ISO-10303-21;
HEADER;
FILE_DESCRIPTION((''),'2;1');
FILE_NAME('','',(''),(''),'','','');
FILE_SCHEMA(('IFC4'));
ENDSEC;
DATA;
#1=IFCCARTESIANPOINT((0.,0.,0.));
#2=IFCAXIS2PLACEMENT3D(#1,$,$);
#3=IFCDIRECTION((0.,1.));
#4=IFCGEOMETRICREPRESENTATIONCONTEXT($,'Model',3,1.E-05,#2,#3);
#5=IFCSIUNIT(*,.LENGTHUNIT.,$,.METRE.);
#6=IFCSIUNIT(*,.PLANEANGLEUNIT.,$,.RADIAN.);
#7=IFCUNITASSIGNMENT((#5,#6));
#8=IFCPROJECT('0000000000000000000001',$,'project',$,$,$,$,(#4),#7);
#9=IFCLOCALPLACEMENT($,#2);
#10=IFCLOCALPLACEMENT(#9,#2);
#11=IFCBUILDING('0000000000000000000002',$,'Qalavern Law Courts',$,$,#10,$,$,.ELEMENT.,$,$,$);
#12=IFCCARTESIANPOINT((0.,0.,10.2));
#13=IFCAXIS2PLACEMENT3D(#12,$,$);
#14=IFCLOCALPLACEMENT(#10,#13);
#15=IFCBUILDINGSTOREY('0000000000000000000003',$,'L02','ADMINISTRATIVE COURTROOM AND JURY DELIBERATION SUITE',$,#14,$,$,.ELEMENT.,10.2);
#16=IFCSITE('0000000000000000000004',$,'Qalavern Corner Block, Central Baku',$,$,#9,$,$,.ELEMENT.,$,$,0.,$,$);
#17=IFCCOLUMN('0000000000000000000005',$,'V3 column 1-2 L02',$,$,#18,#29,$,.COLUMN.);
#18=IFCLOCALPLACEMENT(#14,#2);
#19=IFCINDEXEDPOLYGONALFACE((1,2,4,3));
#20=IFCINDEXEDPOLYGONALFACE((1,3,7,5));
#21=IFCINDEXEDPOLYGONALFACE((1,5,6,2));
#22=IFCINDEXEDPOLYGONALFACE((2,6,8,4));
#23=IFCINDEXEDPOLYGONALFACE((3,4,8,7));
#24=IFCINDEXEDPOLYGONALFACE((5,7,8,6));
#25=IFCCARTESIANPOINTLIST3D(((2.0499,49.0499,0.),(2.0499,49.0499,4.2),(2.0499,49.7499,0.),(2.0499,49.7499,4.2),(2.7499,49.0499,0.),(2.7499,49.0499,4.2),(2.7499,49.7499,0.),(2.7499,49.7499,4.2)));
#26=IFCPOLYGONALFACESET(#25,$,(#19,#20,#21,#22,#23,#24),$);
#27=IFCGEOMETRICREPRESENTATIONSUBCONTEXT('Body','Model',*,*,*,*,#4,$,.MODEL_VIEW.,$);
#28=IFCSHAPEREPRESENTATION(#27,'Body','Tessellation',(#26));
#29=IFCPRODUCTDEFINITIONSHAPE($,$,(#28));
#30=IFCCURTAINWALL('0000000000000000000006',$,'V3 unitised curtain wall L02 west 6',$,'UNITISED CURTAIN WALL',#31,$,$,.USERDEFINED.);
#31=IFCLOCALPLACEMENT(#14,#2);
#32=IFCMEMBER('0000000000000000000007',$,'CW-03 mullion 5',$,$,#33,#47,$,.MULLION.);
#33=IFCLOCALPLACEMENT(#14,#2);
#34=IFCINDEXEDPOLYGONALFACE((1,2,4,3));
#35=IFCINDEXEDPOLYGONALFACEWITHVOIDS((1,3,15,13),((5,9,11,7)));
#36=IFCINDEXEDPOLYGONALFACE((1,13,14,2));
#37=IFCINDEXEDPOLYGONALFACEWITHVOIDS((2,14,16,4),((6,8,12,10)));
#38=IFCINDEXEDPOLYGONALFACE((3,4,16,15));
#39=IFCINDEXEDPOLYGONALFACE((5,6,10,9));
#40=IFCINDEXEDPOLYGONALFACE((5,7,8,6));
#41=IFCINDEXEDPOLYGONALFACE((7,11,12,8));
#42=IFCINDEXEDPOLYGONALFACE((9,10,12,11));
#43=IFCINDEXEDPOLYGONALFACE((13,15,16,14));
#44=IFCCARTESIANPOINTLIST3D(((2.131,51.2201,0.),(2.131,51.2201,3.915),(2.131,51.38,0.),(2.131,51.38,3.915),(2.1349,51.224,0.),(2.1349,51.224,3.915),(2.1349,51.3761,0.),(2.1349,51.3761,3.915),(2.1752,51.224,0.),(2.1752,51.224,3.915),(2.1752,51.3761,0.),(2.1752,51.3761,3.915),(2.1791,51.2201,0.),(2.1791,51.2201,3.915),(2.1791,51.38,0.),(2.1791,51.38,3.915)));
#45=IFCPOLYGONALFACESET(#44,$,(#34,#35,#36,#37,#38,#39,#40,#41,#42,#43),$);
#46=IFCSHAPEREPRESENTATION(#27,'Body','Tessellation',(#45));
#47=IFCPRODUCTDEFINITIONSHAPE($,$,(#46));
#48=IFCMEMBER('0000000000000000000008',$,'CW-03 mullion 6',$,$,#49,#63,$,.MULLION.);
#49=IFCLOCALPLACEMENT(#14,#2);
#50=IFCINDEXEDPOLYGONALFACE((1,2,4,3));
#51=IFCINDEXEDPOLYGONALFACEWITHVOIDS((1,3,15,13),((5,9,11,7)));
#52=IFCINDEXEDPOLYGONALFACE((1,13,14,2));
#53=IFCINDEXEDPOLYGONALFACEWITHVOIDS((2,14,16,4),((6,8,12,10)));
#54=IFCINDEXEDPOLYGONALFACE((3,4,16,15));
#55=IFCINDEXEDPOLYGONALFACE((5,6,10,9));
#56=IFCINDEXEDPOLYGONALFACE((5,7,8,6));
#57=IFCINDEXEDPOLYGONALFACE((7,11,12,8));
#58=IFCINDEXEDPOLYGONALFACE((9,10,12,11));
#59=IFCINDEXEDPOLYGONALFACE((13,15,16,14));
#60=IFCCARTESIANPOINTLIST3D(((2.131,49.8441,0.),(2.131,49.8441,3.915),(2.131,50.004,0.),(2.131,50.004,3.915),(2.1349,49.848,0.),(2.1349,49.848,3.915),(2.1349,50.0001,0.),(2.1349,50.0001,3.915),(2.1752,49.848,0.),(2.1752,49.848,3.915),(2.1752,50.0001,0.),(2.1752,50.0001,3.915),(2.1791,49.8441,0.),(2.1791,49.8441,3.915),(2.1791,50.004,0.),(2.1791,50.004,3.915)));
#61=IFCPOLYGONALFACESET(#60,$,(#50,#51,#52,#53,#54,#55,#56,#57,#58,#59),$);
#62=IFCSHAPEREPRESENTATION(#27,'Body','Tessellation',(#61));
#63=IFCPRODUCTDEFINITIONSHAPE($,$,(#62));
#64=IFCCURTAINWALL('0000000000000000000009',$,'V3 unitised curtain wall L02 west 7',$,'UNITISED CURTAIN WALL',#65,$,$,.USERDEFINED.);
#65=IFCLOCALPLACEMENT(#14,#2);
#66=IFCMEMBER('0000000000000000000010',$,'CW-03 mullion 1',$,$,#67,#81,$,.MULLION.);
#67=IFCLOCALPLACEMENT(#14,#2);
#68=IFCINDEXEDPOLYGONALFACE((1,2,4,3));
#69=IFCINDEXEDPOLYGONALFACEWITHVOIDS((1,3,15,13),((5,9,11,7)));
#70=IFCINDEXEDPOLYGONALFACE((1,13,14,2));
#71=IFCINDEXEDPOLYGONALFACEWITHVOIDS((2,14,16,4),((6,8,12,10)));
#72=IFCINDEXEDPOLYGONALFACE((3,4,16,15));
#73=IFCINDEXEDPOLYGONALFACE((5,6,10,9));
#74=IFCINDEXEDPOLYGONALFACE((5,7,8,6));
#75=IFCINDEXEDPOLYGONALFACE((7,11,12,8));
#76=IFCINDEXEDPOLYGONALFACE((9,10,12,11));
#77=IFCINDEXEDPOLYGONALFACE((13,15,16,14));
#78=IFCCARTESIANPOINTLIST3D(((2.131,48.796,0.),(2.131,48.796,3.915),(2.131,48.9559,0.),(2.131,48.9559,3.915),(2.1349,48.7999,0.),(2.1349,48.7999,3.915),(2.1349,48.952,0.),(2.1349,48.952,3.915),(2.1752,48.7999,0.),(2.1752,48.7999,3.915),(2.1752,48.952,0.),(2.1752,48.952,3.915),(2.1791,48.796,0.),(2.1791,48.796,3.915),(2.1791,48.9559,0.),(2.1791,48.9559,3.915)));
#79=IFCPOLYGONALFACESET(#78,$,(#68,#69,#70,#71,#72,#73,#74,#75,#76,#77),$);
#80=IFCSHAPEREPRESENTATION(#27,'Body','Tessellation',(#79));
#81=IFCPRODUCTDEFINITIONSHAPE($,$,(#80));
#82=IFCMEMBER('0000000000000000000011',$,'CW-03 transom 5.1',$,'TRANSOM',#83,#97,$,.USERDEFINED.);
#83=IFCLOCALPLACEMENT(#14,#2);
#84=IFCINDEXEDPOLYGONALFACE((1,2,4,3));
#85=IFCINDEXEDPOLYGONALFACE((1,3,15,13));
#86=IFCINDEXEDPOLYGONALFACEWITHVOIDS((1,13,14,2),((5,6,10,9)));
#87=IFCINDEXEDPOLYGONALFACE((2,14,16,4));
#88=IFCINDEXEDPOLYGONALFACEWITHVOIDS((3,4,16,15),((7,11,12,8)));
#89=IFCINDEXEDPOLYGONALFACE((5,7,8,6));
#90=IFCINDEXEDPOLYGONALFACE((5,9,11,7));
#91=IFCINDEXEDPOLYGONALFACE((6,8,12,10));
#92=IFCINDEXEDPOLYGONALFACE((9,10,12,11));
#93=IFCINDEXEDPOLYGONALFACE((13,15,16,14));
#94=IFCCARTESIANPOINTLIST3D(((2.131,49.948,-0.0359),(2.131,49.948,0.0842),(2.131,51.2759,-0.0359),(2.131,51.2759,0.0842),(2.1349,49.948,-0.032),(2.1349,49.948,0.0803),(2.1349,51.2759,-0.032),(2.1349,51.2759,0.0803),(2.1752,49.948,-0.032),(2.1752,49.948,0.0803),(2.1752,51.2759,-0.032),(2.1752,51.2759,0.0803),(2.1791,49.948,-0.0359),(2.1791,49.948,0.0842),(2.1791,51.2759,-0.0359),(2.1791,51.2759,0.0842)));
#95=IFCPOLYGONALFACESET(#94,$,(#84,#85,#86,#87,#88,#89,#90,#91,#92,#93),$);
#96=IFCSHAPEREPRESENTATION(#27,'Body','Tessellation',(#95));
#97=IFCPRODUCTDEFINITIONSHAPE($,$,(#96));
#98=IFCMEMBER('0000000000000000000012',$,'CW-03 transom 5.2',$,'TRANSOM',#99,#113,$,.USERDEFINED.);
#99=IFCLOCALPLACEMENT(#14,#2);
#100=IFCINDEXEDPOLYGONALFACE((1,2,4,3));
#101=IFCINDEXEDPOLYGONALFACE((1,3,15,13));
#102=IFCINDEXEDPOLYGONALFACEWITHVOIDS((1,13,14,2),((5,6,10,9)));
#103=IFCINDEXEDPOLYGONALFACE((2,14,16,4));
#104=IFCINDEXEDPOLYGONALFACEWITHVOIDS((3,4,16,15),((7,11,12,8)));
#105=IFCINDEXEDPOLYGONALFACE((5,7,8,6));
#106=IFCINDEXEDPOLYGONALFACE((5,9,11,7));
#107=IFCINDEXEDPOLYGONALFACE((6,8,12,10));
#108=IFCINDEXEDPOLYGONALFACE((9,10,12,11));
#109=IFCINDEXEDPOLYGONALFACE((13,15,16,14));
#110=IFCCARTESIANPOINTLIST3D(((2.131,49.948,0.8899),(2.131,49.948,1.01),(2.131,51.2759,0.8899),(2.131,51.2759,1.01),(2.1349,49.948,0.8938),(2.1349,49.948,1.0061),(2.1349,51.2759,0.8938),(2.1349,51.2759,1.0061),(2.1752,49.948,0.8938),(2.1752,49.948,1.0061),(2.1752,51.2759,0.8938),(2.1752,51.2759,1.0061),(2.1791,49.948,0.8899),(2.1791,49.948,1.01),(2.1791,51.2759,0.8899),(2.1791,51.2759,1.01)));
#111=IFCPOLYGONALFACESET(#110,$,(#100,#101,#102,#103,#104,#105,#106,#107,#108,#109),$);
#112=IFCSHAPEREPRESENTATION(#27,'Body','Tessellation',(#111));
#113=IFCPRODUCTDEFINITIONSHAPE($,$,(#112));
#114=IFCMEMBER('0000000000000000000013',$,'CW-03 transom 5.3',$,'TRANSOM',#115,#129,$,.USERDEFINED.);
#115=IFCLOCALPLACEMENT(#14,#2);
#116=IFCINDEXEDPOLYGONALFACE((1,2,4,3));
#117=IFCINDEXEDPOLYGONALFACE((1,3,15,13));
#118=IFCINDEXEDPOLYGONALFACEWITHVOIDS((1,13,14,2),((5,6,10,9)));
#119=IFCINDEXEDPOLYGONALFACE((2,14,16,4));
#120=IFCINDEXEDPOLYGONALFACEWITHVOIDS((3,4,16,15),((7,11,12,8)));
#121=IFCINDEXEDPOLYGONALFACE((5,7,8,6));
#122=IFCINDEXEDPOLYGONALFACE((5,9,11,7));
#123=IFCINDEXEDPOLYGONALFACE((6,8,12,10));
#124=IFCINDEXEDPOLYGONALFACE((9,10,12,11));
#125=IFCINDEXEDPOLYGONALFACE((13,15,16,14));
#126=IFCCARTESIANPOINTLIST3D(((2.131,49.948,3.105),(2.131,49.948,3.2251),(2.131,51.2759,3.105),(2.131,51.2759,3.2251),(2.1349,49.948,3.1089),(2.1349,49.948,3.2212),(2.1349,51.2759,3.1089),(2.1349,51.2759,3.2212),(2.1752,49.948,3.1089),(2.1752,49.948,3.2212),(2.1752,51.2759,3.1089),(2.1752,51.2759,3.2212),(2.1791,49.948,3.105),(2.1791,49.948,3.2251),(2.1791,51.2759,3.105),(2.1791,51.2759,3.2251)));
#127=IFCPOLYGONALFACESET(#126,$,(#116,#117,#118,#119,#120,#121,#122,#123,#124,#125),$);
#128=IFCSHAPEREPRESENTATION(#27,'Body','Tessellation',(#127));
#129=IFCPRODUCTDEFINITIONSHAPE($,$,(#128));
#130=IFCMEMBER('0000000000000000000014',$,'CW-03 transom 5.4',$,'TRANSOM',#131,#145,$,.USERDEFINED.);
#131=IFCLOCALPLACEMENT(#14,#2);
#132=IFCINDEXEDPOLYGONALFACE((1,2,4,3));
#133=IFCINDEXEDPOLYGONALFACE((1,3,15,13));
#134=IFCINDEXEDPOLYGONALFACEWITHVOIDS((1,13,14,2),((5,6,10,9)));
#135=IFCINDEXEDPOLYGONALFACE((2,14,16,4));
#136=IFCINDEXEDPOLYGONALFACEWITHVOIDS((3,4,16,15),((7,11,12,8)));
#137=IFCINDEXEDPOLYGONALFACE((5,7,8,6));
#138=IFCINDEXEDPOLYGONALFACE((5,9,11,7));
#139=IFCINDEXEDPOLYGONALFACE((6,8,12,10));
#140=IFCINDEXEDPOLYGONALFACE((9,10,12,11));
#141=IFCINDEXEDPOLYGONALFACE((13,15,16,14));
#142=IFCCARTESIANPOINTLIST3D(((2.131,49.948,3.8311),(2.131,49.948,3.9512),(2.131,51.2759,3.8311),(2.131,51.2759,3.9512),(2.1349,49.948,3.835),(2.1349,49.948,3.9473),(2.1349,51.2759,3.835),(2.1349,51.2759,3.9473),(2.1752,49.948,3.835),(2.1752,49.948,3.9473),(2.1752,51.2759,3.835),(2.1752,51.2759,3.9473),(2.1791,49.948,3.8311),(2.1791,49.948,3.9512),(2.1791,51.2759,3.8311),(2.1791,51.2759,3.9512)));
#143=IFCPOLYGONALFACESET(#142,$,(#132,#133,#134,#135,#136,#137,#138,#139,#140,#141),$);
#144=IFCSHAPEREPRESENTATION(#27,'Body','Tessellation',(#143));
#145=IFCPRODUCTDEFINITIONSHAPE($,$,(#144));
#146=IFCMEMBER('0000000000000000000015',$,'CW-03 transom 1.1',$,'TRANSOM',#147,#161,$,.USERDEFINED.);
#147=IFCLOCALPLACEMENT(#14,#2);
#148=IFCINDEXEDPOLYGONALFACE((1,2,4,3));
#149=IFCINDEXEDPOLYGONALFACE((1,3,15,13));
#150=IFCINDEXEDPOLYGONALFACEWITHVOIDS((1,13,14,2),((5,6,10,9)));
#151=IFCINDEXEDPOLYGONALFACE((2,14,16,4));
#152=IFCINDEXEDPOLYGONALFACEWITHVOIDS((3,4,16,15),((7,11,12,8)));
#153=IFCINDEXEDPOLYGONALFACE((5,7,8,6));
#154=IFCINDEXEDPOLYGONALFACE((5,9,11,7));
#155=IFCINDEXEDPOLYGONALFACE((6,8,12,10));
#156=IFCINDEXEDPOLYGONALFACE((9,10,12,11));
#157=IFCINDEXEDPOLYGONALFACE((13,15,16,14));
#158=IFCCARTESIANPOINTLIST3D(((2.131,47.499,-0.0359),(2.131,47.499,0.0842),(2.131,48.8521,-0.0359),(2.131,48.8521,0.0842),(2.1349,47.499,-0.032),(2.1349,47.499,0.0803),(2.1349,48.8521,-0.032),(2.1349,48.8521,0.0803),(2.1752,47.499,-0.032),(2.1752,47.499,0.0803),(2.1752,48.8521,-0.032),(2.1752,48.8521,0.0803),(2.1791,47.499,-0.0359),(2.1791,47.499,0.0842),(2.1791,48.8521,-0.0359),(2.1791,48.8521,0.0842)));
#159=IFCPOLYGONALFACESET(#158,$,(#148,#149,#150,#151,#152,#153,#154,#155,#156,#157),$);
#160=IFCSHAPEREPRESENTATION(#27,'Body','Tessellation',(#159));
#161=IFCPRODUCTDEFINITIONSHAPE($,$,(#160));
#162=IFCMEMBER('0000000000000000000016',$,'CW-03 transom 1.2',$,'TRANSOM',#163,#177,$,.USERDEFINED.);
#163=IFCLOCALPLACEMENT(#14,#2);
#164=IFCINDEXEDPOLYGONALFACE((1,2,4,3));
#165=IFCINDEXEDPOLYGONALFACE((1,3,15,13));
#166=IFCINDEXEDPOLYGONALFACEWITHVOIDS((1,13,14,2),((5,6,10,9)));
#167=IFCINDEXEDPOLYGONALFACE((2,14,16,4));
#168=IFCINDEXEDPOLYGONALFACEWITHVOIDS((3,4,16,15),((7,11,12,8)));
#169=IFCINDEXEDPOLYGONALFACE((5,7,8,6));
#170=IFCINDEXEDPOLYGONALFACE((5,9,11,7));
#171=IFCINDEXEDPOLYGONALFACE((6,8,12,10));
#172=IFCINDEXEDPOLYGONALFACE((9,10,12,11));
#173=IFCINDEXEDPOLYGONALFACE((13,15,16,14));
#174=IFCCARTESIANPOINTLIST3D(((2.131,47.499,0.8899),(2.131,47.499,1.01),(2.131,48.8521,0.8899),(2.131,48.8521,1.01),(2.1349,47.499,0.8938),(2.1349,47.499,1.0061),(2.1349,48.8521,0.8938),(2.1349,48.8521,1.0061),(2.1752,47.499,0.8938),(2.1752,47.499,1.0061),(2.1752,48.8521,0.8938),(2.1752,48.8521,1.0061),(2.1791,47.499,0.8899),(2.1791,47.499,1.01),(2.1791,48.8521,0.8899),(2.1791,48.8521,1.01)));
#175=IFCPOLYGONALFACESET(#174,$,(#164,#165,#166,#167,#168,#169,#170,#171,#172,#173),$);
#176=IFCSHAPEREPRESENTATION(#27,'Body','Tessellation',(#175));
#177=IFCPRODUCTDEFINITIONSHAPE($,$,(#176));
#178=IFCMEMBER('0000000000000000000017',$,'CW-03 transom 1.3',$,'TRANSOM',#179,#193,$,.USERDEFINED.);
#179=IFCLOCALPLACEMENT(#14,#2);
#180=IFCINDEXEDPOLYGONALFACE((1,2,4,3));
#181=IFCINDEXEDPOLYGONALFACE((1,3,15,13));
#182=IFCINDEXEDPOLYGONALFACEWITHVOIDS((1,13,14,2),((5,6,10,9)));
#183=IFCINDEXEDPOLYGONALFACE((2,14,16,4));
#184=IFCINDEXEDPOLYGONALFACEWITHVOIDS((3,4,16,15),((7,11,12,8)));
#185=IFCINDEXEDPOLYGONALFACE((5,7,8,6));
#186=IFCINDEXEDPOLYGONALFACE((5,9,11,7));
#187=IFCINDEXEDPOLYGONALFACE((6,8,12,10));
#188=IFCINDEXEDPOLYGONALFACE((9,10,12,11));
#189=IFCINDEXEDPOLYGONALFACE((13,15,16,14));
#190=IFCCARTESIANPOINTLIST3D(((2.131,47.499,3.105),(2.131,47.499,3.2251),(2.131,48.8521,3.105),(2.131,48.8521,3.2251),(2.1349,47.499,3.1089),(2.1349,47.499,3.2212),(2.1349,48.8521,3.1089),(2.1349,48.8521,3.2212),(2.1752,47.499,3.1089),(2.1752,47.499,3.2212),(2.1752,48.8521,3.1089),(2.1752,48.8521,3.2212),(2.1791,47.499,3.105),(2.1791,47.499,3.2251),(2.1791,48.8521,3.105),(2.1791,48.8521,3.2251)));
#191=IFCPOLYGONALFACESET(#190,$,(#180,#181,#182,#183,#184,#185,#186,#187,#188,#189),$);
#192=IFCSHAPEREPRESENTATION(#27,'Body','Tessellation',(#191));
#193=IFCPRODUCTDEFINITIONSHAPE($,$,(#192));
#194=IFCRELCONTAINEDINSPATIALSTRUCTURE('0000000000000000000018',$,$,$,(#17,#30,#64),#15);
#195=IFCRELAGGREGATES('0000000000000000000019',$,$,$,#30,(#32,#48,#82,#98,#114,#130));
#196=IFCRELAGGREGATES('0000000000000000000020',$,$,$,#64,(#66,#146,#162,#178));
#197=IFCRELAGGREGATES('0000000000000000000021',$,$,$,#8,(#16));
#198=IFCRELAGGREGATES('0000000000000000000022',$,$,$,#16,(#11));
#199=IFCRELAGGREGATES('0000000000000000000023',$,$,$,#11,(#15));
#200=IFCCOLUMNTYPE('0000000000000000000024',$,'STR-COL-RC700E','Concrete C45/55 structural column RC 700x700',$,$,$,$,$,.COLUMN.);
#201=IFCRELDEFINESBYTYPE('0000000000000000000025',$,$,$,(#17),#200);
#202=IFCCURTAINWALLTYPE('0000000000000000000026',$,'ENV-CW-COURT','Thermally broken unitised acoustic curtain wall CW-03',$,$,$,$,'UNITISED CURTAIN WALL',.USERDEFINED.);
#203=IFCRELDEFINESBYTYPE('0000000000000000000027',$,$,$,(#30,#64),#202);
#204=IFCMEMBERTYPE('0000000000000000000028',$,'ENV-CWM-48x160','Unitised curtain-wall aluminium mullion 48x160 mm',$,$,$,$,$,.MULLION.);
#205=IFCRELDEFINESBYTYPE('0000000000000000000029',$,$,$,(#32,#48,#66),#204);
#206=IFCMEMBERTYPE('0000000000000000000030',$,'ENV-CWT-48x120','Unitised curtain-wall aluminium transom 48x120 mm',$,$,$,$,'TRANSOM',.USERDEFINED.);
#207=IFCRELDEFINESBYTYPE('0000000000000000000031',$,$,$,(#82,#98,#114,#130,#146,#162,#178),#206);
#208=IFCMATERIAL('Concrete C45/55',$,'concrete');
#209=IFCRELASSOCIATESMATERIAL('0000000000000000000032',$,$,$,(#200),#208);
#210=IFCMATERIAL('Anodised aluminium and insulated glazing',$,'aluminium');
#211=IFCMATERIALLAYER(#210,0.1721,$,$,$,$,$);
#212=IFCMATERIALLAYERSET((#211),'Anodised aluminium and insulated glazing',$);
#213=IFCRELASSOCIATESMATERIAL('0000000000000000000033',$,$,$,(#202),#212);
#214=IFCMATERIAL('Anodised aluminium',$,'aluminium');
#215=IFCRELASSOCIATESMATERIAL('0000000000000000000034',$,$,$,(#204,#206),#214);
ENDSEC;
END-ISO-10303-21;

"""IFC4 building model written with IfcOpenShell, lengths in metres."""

from ifc_helpers import new_model, si_unit, direction, frame, origin, origin_2d, place, context, subcontext, project, spatial, rectangle, hollow_rectangle, extrude, material, layer, layer_set, material_profile, profile_set, type_object, element, aggregate, save


model = new_model("IFC4")

# Units and contexts
model_context = context("Model", 3, precision=1e-05, world=origin(), true_north=direction((0.0, 1.0)))
body_context = subcontext(model_context, "Body", "Model", "MODEL_VIEW")
ifc_project = project(units=[si_unit("LENGTHUNIT", "METRE"), si_unit("PLANEANGLEUNIT", "RADIAN")], contexts=[model_context])

# Site, building, storey
site_placement = place(None, origin())
site = spatial("IfcSite", under=ifc_project, at=site_placement, Name="Qalavern Corner Block, Central Baku", CompositionType="ELEMENT", RefElevation=0.0)
building_placement = place(site_placement, origin())
building = spatial("IfcBuilding", under=site, at=building_placement, Name="Qalavern Law Courts", CompositionType="ELEMENT")
storey_placement = place(building_placement, frame((0.0, 0.0, 10.2)))
storey = spatial("IfcBuildingStorey", under=building, at=storey_placement, Name="L02", Description="ADMINISTRATIVE COURTROOM AND JURY DELIBERATION SUITE", CompositionType="ELEMENT", Elevation=10.2)

# Column
ifc_material_1 = material(Name="Concrete C45/55", Category="concrete")
ifc_material_profile_1 = material_profile(ifc_material_1, rectangle(XDim=0.7, YDim=0.7, at=origin_2d()), Name="RC 700x700")
ifc_profile_set_1 = profile_set([ifc_material_profile_1], Name="Concrete C45/55")
column_type = type_object("IfcColumnType", Name="STR-COL-RC700E", Description="Concrete C45/55 structural column RC 700x700", PredefinedType="COLUMN", material=ifc_profile_set_1)
column_placement = place(storey_placement, frame((2.3999, 49.3999, 0.0), z_axis=(0.0, 0.0, 1.0), x_axis=(1.0, 0.0, 0.0)))
element("IfcColumn", 1, at=column_placement, inside=storey, type_object=column_type, Name="V3 column 1-2 L02", PredefinedType="COLUMN", context=body_context, shape_type="SweptSolid", body=[
    extrude(rectangle(XDim=0.7, YDim=0.7, at=origin_2d()), origin(), (0.0, 0.0, 1.0), 4.2),
])

# Curtain wall, members
ifc_material_2 = material(Name="Anodised aluminium and insulated glazing", Category="aluminium")
ifc_layer_1 = layer(ifc_material_2, 0.1721)
ifc_layer_set_1 = layer_set([ifc_layer_1], Name="Anodised aluminium and insulated glazing")
curtain_wall_type = type_object("IfcCurtainWallType", Name="ENV-CW-COURT", Description="Thermally broken unitised acoustic curtain wall CW-03", ElementType="UNITISED CURTAIN WALL", PredefinedType="USERDEFINED", material=ifc_layer_set_1)
curtain_wall_1_placement = place(storey_placement, origin())
curtain_wall_1 = element("IfcCurtainWall", 2, at=curtain_wall_1_placement, inside=storey, type_object=curtain_wall_type, Name="V3 unitised curtain wall L02 west 6", ObjectType="UNITISED CURTAIN WALL", PredefinedType="USERDEFINED")
ifc_material_3 = material(Name="Anodised aluminium", Category="aluminium")
ifc_material_profile_2 = material_profile(ifc_material_3, hollow_rectangle(XDim=0.0481, YDim=0.1599, WallThickness=0.0039, at=origin_2d()), Name="ALU MULLION 48x160")
ifc_profile_set_2 = profile_set([ifc_material_profile_2], Name="Anodised aluminium")
member_type_1 = type_object("IfcMemberType", Name="ENV-CWM-48x160", Description="Unitised curtain-wall aluminium mullion 48x160 mm", PredefinedType="MULLION", material=ifc_profile_set_2)
member_1_placement = place(storey_placement, frame((2.155, 51.3, 0.0), z_axis=(0.0, 0.0, 1.0), x_axis=(1.0, 0.0, 0.0)))
member_1 = element("IfcMember", 3, at=member_1_placement, type_object=member_type_1, Name="CW-03 mullion 5", PredefinedType="MULLION", context=body_context, shape_type="SweptSolid", body=[
    extrude(hollow_rectangle(XDim=0.0481, YDim=0.1599, WallThickness=0.0039, at=origin_2d()), origin(), (0.0, 0.0, 1.0), 3.915),
])
member_2_placement = place(storey_placement, frame((2.155, 49.9241, 0.0), z_axis=(0.0, 0.0, 1.0), x_axis=(1.0, 0.0, 0.0)))
member_2 = element("IfcMember", 4, at=member_2_placement, type_object=member_type_1, Name="CW-03 mullion 6", PredefinedType="MULLION", context=body_context, shape_type="SweptSolid", body=[
    extrude(hollow_rectangle(XDim=0.0481, YDim=0.1599, WallThickness=0.0039, at=origin_2d()), origin(), (0.0, 0.0, 1.0), 3.915),
])

# Curtain wall, member
curtain_wall_2_placement = place(storey_placement, origin())
curtain_wall_2 = element("IfcCurtainWall", 5, at=curtain_wall_2_placement, inside=storey, type_object=curtain_wall_type, Name="V3 unitised curtain wall L02 west 7", ObjectType="UNITISED CURTAIN WALL", PredefinedType="USERDEFINED")
member_3_placement = place(storey_placement, frame((2.155, 48.876, 0.0), z_axis=(0.0, 0.0, 1.0), x_axis=(1.0, 0.0, 0.0)))
member_3 = element("IfcMember", 6, at=member_3_placement, type_object=member_type_1, Name="CW-03 mullion 1", PredefinedType="MULLION", context=body_context, shape_type="SweptSolid", body=[
    extrude(hollow_rectangle(XDim=0.0481, YDim=0.1599, WallThickness=0.0039, at=origin_2d()), origin(), (0.0, 0.0, 1.0), 3.915),
])

# Members
ifc_material_profile_3 = material_profile(ifc_material_3, hollow_rectangle(XDim=0.0481, YDim=0.1201, WallThickness=0.0039, at=origin_2d()), Name="ALU TRANSOM 48x120")
ifc_profile_set_3 = profile_set([ifc_material_profile_3], Name="Anodised aluminium")
member_type_2 = type_object("IfcMemberType", Name="ENV-CWT-48x120", Description="Unitised curtain-wall aluminium transom 48x120 mm", ElementType="TRANSOM", PredefinedType="USERDEFINED", material=ifc_profile_set_3)
member_4_placement = place(storey_placement, frame((2.155, 51.2759, 0.0242), z_axis=(0.0, -1.0, 0.0), x_axis=(1.0, 0.0, 0.0)))
member_4 = element("IfcMember", 7, at=member_4_placement, type_object=member_type_2, Name="CW-03 transom 5.1", ObjectType="TRANSOM", PredefinedType="USERDEFINED", context=body_context, shape_type="SweptSolid", body=[
    extrude(hollow_rectangle(XDim=0.0481, YDim=0.1201, WallThickness=0.0039, at=origin_2d()), origin(), (0.0, 0.0, 1.0), 1.3279),
])
member_5_placement = place(storey_placement, frame((2.155, 51.2759, 0.95), z_axis=(0.0, -1.0, 0.0), x_axis=(1.0, 0.0, 0.0)))
member_5 = element("IfcMember", 8, at=member_5_placement, type_object=member_type_2, Name="CW-03 transom 5.2", ObjectType="TRANSOM", PredefinedType="USERDEFINED", context=body_context, shape_type="SweptSolid", body=[
    extrude(hollow_rectangle(XDim=0.0481, YDim=0.1201, WallThickness=0.0039, at=origin_2d()), origin(), (0.0, 0.0, 1.0), 1.3279),
])
member_6_placement = place(storey_placement, frame((2.155, 51.2759, 3.165), z_axis=(0.0, -1.0, 0.0), x_axis=(1.0, 0.0, 0.0)))
member_6 = element("IfcMember", 9, at=member_6_placement, type_object=member_type_2, Name="CW-03 transom 5.3", ObjectType="TRANSOM", PredefinedType="USERDEFINED", context=body_context, shape_type="SweptSolid", body=[
    extrude(hollow_rectangle(XDim=0.0481, YDim=0.1201, WallThickness=0.0039, at=origin_2d()), origin(), (0.0, 0.0, 1.0), 1.3279),
])
member_7_placement = place(storey_placement, frame((2.155, 51.2759, 3.8911), z_axis=(0.0, -1.0, 0.0), x_axis=(1.0, 0.0, 0.0)))
member_7 = element("IfcMember", 10, at=member_7_placement, type_object=member_type_2, Name="CW-03 transom 5.4", ObjectType="TRANSOM", PredefinedType="USERDEFINED", context=body_context, shape_type="SweptSolid", body=[
    extrude(hollow_rectangle(XDim=0.0481, YDim=0.1201, WallThickness=0.0039, at=origin_2d()), origin(), (0.0, 0.0, 1.0), 1.3279),
])
member_8_placement = place(storey_placement, frame((2.155, 48.8521, 0.0242), z_axis=(0.0, -1.0, 0.0), x_axis=(1.0, 0.0, 0.0)))
member_8 = element("IfcMember", 11, at=member_8_placement, type_object=member_type_2, Name="CW-03 transom 1.1", ObjectType="TRANSOM", PredefinedType="USERDEFINED", context=body_context, shape_type="SweptSolid", body=[
    extrude(hollow_rectangle(XDim=0.0481, YDim=0.1201, WallThickness=0.0039, at=origin_2d()), origin(), (0.0, 0.0, 1.0), 1.353),
])
member_9_placement = place(storey_placement, frame((2.155, 48.8521, 0.95), z_axis=(0.0, -1.0, 0.0), x_axis=(1.0, 0.0, 0.0)))
member_9 = element("IfcMember", 12, at=member_9_placement, type_object=member_type_2, Name="CW-03 transom 1.2", ObjectType="TRANSOM", PredefinedType="USERDEFINED", context=body_context, shape_type="SweptSolid", body=[
    extrude(hollow_rectangle(XDim=0.0481, YDim=0.1201, WallThickness=0.0039, at=origin_2d()), origin(), (0.0, 0.0, 1.0), 1.353),
])
member_10_placement = place(storey_placement, frame((2.155, 48.8521, 3.165), z_axis=(0.0, -1.0, 0.0), x_axis=(1.0, 0.0, 0.0)))
member_10 = element("IfcMember", 13, at=member_10_placement, type_object=member_type_2, Name="CW-03 transom 1.3", ObjectType="TRANSOM", PredefinedType="USERDEFINED", context=body_context, shape_type="SweptSolid", body=[
    extrude(hollow_rectangle(XDim=0.0481, YDim=0.1201, WallThickness=0.0039, at=origin_2d()), origin(), (0.0, 0.0, 1.0), 1.353),
])

aggregate(curtain_wall_1, [member_1, member_2, member_4, member_5, member_6, member_7])
aggregate(curtain_wall_2, [member_3, member_8, member_9, member_10])

save(model, "model.ifc")
